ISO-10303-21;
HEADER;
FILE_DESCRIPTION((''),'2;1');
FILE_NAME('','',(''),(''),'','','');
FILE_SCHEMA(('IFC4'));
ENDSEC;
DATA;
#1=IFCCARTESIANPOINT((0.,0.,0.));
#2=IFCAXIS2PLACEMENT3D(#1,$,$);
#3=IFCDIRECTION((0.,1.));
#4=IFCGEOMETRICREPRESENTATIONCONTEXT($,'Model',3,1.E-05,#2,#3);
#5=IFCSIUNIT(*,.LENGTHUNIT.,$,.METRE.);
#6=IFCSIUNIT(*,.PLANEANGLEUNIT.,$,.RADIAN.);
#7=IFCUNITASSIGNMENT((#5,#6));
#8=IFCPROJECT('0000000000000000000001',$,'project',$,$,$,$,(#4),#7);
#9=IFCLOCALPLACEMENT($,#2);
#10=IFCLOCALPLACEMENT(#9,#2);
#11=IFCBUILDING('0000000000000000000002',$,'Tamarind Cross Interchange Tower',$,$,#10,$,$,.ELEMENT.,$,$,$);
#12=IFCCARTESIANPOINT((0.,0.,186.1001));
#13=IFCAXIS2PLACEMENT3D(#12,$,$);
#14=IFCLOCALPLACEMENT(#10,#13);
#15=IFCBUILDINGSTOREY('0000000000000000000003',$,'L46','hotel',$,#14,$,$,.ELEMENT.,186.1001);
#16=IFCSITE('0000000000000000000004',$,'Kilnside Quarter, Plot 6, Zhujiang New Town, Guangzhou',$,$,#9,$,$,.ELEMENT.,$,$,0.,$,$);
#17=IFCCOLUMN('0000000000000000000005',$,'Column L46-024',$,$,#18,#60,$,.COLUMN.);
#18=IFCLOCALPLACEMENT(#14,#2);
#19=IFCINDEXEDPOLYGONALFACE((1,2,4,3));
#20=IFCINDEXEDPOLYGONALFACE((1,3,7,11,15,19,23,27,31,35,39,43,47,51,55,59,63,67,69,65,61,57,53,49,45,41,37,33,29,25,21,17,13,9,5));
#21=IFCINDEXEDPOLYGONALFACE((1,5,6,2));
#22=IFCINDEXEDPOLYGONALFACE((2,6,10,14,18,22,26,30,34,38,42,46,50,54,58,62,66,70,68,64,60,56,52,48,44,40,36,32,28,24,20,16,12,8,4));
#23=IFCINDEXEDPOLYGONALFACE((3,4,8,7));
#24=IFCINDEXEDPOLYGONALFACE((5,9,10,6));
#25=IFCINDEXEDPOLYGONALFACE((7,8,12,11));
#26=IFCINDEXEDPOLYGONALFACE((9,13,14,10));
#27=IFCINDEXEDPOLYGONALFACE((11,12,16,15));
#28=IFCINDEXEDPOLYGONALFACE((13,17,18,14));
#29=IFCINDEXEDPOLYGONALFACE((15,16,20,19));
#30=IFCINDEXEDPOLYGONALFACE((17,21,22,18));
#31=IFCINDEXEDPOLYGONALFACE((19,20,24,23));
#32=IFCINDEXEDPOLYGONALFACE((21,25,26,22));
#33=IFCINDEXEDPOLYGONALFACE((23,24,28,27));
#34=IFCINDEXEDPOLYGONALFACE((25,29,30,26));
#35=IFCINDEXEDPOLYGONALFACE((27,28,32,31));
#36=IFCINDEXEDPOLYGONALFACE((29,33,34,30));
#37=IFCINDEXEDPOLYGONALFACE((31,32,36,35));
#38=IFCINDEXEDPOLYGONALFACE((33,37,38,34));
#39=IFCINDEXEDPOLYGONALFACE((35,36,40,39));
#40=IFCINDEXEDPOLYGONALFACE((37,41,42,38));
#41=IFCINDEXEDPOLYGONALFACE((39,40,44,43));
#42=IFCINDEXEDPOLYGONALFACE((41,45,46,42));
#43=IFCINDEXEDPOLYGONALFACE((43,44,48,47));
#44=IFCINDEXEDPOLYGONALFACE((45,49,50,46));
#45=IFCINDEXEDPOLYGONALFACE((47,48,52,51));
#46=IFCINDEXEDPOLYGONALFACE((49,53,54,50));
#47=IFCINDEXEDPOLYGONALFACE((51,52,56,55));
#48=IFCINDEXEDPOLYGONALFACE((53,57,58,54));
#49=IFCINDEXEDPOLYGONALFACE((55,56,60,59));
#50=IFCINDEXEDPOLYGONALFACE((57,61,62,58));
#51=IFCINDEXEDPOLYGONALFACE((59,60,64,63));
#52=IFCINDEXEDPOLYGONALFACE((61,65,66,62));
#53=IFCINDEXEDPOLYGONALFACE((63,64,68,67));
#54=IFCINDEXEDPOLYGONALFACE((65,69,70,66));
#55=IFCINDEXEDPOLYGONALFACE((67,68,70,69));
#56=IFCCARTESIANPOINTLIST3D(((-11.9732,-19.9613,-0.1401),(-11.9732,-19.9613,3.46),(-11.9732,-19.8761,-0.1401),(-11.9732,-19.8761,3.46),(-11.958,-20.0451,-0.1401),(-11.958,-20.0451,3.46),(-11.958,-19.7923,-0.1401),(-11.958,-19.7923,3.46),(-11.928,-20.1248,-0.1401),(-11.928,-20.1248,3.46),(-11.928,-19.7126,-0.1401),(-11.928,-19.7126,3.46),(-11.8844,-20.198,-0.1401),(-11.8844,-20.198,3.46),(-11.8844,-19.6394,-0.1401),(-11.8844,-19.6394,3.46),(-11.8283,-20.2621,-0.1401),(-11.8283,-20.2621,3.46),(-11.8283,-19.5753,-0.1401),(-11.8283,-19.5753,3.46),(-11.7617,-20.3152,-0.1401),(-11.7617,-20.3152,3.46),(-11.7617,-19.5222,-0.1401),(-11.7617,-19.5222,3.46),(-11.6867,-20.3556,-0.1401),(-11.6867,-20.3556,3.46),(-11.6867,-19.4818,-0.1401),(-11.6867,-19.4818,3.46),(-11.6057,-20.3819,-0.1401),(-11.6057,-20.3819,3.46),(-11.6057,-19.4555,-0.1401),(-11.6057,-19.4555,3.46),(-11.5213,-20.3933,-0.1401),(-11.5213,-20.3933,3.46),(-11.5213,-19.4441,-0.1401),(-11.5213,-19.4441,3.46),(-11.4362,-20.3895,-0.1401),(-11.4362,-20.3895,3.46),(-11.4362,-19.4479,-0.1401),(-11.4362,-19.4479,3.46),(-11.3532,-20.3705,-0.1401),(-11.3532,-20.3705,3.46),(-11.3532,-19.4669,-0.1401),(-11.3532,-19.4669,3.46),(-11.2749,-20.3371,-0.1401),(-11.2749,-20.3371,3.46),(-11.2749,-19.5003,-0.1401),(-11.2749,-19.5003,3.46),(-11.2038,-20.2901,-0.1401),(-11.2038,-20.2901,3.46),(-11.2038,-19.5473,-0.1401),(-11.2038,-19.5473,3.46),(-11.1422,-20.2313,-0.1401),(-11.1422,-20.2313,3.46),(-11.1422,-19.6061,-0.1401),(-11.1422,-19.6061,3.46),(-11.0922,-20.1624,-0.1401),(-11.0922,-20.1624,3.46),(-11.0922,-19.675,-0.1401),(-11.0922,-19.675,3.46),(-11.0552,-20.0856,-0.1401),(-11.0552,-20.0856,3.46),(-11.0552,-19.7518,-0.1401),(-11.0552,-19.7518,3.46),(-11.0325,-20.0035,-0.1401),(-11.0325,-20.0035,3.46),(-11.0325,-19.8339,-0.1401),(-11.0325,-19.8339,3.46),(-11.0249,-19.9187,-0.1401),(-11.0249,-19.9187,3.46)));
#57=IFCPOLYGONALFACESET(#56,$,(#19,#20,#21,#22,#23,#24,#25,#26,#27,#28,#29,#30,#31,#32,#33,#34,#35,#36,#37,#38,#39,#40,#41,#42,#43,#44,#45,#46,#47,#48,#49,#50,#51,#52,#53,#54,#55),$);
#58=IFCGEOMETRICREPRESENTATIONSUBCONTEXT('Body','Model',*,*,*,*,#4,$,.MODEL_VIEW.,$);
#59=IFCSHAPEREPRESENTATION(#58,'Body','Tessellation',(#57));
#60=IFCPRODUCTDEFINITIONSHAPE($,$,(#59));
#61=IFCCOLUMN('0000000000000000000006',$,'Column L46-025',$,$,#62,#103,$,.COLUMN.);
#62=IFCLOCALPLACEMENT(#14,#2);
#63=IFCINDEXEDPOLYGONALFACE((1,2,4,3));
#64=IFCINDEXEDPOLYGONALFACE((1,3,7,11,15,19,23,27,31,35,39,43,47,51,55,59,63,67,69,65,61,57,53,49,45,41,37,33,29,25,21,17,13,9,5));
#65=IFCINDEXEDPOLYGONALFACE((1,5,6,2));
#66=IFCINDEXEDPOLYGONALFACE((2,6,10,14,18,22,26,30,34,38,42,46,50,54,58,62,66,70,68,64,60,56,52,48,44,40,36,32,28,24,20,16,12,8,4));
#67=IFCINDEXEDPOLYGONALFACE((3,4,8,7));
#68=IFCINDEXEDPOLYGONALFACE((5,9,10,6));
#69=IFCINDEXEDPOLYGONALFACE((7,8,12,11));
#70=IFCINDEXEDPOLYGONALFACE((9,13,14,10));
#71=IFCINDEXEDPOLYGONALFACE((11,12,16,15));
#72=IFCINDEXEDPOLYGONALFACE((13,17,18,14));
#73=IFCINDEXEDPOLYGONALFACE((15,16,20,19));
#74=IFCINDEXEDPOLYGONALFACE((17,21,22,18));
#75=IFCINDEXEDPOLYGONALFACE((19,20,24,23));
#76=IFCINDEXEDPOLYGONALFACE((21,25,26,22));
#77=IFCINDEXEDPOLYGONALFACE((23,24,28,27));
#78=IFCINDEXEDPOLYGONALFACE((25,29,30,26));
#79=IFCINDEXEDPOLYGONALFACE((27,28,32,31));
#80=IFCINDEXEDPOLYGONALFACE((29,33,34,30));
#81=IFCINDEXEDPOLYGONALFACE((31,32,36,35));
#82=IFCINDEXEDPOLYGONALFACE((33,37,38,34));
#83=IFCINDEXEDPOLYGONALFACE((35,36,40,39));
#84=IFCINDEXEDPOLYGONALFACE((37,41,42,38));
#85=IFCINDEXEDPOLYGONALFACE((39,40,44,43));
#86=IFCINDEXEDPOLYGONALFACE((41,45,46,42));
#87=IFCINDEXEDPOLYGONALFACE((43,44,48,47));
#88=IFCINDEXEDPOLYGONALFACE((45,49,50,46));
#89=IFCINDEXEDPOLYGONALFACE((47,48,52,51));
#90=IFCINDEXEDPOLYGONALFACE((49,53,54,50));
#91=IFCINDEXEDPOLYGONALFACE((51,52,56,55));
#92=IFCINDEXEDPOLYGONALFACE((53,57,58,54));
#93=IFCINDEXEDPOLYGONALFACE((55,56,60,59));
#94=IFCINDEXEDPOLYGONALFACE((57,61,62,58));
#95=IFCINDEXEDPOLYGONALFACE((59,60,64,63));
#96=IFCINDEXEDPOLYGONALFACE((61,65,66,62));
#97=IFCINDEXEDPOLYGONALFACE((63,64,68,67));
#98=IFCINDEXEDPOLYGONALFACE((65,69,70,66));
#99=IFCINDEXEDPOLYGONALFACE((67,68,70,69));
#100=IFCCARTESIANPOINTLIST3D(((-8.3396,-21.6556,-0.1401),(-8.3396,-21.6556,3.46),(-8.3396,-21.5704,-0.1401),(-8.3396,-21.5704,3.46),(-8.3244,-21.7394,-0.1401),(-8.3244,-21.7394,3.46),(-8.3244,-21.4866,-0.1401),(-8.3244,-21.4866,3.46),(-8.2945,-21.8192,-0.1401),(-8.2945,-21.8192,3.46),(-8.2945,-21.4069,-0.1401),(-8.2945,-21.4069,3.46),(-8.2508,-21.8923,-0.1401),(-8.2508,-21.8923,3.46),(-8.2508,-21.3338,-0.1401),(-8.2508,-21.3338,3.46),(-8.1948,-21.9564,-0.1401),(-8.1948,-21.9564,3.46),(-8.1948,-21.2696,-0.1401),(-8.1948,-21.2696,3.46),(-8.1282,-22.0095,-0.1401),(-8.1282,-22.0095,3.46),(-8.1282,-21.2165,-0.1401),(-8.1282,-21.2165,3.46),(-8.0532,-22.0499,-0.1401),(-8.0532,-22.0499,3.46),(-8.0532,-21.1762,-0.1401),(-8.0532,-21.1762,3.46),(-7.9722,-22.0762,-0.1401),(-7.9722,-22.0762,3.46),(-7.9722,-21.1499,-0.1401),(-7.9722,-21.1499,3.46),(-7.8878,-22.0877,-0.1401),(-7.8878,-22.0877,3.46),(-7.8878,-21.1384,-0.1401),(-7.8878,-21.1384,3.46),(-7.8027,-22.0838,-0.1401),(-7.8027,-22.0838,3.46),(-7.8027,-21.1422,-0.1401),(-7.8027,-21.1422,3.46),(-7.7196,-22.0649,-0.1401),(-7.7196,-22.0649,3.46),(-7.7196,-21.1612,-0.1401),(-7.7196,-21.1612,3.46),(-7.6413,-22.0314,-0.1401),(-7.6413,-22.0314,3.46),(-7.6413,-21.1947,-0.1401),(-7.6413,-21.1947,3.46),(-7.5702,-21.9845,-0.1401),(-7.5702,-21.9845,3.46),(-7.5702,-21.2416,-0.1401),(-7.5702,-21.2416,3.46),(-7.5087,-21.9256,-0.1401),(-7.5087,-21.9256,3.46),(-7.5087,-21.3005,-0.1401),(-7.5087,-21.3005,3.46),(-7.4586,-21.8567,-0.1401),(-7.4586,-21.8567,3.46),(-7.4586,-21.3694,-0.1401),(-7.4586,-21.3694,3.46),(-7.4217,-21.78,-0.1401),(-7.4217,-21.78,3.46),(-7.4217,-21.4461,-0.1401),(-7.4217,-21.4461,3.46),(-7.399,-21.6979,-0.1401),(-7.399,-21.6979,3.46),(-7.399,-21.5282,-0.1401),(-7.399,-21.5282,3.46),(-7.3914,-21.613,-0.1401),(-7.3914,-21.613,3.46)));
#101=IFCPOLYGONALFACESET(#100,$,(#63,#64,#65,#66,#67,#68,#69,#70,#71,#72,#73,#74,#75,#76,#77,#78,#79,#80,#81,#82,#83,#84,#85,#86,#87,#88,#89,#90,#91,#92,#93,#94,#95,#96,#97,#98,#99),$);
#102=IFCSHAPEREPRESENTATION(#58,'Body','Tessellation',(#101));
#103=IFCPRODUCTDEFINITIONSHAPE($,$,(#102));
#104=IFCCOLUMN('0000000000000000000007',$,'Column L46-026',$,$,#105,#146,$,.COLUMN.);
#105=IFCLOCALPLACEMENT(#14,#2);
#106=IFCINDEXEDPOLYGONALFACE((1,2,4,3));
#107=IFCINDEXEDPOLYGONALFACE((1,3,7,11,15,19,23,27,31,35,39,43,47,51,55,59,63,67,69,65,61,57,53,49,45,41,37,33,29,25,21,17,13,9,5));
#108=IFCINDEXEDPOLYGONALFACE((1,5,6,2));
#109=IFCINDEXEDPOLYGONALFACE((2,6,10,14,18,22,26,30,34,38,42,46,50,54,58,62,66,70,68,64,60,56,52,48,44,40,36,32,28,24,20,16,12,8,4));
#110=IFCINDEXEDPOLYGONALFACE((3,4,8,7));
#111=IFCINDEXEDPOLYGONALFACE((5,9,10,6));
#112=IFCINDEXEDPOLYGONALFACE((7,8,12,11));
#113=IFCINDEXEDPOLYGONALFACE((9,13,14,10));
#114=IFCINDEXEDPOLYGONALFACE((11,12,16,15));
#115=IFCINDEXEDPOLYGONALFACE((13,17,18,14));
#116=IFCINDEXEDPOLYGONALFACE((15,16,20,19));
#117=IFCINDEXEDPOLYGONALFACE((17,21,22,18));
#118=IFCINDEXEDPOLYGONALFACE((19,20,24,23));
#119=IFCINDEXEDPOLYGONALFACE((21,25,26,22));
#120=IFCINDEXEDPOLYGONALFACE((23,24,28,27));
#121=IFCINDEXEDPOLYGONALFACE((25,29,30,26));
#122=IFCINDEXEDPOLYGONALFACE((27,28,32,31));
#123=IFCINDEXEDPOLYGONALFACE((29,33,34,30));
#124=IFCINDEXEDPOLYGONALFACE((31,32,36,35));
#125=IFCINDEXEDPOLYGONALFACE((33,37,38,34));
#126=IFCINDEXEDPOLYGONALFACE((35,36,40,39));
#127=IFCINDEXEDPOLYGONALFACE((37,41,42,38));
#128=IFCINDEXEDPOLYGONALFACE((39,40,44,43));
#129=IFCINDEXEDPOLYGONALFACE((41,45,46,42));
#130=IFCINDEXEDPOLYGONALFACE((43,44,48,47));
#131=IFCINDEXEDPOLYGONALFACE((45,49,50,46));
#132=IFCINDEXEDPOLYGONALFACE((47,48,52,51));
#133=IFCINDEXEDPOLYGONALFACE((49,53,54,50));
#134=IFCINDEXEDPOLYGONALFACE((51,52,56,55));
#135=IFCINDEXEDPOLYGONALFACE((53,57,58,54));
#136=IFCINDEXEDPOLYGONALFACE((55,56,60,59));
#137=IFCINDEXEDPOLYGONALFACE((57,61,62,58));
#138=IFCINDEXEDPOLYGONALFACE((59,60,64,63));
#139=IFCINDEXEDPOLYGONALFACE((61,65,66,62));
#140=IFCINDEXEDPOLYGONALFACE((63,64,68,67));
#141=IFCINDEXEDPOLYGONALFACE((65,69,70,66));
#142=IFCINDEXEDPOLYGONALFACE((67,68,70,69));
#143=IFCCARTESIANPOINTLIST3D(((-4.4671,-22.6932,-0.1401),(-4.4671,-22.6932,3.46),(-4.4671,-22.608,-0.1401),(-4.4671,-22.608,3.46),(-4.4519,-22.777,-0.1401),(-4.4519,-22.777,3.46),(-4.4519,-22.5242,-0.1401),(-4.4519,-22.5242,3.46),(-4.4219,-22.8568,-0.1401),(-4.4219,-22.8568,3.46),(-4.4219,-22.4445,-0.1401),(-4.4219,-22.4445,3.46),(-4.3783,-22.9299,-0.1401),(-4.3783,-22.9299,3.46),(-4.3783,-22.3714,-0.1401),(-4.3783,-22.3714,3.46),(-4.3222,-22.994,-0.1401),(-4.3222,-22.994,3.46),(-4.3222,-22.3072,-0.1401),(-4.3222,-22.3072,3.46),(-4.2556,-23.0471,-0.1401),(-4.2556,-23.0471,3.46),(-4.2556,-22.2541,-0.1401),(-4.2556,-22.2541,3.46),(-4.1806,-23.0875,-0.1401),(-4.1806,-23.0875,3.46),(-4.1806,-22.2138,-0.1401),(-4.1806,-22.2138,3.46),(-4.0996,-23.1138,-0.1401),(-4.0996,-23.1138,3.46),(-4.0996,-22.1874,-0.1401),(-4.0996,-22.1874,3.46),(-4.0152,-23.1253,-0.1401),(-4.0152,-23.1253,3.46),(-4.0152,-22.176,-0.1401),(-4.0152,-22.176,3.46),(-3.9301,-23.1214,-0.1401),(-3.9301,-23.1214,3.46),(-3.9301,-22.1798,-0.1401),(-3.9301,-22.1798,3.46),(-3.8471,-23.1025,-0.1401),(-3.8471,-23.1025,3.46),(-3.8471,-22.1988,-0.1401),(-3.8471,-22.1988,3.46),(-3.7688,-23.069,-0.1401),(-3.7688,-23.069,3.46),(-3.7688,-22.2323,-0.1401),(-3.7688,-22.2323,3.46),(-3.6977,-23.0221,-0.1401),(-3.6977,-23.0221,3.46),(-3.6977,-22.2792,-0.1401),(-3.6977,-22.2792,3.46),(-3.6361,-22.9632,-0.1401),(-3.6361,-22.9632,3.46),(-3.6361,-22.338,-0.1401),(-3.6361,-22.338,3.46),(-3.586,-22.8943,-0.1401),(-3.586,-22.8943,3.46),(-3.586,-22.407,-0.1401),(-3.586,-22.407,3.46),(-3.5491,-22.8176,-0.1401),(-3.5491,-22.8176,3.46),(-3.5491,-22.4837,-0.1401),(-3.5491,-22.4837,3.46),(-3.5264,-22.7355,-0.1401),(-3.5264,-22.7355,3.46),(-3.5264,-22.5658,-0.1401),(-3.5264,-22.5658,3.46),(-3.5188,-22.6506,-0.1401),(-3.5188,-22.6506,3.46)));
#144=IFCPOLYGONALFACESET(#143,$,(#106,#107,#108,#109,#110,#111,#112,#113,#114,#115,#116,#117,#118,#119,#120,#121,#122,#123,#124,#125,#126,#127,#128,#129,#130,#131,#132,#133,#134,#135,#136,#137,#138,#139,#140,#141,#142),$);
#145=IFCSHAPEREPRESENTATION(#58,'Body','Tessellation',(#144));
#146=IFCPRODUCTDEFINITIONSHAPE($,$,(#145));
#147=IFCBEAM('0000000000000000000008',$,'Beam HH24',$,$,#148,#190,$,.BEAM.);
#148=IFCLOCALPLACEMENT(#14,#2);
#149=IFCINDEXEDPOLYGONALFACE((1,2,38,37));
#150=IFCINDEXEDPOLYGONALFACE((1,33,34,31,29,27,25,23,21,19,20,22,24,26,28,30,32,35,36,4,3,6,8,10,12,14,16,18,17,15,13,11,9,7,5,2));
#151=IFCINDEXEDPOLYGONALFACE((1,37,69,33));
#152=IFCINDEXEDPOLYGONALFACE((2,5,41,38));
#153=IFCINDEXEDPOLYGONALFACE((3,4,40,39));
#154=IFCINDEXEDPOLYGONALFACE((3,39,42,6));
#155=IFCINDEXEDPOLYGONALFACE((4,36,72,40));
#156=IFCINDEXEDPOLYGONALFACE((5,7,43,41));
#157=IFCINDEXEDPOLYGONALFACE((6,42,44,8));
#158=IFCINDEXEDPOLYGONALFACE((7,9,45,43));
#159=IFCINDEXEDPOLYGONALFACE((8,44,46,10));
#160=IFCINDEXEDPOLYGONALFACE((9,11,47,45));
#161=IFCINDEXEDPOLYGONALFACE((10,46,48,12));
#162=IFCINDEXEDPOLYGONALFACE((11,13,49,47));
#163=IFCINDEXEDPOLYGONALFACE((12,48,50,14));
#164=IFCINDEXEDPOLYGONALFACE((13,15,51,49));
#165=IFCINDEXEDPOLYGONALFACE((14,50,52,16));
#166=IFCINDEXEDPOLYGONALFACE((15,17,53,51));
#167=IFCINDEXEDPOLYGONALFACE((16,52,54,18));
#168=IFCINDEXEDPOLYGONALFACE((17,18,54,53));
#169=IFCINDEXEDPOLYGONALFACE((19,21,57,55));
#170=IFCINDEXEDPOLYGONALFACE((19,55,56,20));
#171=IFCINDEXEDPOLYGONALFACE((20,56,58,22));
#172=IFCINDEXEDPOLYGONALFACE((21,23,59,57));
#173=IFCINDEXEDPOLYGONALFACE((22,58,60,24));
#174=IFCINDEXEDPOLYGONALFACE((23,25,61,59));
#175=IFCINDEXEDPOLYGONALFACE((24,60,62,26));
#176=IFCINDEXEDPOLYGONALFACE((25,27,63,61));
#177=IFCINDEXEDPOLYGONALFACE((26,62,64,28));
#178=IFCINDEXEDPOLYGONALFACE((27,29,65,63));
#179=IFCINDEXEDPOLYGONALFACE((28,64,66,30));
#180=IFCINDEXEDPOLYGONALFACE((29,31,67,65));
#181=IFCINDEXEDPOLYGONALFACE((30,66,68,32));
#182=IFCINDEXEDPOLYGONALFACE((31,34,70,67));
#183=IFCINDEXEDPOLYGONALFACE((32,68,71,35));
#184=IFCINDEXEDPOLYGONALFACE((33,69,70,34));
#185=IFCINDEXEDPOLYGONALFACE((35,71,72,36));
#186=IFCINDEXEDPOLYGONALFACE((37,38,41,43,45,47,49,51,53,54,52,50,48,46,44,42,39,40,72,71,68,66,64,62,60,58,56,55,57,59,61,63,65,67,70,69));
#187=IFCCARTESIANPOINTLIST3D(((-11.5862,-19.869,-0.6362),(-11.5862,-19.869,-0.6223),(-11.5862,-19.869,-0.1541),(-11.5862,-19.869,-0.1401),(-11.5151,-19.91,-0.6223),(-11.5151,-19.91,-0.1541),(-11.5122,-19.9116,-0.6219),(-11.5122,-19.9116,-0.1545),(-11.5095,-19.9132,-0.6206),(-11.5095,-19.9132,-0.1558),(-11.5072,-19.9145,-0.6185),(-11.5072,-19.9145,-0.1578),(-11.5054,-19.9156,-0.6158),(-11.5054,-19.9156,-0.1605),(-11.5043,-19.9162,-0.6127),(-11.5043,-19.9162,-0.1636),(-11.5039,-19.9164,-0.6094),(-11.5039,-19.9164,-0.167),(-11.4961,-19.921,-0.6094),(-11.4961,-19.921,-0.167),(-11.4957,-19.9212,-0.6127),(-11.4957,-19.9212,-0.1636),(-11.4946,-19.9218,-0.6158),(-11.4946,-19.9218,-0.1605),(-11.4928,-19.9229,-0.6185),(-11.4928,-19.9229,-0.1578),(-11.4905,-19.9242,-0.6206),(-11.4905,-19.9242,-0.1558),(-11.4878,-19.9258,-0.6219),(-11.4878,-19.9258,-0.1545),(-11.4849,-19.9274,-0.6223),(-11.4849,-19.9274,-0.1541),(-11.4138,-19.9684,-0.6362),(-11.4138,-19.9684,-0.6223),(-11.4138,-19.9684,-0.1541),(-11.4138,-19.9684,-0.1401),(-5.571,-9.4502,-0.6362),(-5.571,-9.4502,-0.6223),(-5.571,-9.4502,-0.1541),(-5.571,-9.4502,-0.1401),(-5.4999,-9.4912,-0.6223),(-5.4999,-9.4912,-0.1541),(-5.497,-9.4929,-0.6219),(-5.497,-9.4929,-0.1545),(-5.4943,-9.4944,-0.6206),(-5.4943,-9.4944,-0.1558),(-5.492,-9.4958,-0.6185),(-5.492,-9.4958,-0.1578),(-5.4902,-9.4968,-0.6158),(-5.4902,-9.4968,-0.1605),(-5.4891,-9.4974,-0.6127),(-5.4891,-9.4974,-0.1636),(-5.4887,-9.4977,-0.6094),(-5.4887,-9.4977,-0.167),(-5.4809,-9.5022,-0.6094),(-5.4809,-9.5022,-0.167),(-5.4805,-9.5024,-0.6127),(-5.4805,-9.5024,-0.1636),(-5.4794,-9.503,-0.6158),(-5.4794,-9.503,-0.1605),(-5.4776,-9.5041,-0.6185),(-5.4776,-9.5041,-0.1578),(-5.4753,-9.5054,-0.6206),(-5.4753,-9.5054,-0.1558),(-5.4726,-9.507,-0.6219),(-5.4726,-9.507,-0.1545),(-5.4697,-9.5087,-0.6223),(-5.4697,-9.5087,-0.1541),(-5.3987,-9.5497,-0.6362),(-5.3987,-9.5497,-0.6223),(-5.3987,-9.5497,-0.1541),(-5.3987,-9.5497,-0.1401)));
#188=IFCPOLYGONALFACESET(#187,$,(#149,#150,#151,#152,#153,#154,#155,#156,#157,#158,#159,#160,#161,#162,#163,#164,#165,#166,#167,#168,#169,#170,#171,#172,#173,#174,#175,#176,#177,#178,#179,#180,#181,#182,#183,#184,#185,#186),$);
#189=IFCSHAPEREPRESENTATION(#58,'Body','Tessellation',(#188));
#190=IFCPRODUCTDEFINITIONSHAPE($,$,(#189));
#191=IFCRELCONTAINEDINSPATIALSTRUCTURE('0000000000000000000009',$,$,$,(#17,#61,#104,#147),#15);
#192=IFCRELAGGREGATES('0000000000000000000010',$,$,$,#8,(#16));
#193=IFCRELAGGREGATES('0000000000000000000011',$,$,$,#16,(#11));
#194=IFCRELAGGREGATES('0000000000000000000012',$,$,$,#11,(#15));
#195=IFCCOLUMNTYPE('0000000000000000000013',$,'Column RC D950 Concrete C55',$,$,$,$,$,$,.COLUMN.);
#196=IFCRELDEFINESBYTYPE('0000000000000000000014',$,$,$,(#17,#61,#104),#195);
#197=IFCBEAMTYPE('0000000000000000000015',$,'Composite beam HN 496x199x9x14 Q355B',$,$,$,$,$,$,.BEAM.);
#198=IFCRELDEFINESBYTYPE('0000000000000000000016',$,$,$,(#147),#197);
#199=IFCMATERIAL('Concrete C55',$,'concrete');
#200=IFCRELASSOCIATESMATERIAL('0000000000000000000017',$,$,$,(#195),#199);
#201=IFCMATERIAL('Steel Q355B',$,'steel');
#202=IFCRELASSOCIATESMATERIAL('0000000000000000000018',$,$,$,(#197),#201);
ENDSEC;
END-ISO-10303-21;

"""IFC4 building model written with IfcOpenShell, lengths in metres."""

from ifc_helpers import new_model, si_unit, direction, frame, origin, origin_2d, place, context, subcontext, project, spatial, circle, i_section, extrude, material, material_profile, profile_set, type_object, element, save


model = new_model("IFC4")

# Units and contexts
model_context = context("Model", 3, precision=1e-05, world=origin(), true_north=direction((0.0, 1.0)))
body_context = subcontext(model_context, "Body", "Model", "MODEL_VIEW")
ifc_project = project(units=[si_unit("LENGTHUNIT", "METRE"), si_unit("PLANEANGLEUNIT", "RADIAN")], contexts=[model_context])

# Site, building, storey
site_placement = place(None, origin())
site = spatial("IfcSite", under=ifc_project, at=site_placement, Name="Kilnside Quarter, Plot 6, Zhujiang New Town, Guangzhou", CompositionType="ELEMENT", RefElevation=0.0)
building_placement = place(site_placement, origin())
building = spatial("IfcBuilding", under=site, at=building_placement, Name="Tamarind Cross Interchange Tower", CompositionType="ELEMENT")
storey_placement = place(building_placement, frame((0.0, 0.0, 186.1001)))
storey = spatial("IfcBuildingStorey", under=building, at=storey_placement, Name="L46", Description="hotel", CompositionType="ELEMENT", Elevation=186.1001)

# Columns
ifc_material_1 = material(Name="Concrete C55", Category="concrete")
ifc_material_profile_1 = material_profile(ifc_material_1, circle(Radius=0.4751, at=origin_2d()), Name="RC D950")
ifc_profile_set_1 = profile_set([ifc_material_profile_1], Name="Concrete C55")
column_type = type_object("IfcColumnType", Name="Column RC D950 Concrete C55", PredefinedType="COLUMN", material=ifc_profile_set_1)
for number, where, z_axis, x_axis, name in (
    (1, (-11.5, -19.9187, -0.1401), (0.0, 0.0, 1.0), (1.0, 0.0, 0.0), "Column L46-024"),
    (2, (-7.8665, -21.613, -0.1401), (0.0, 0.0, 1.0), (1.0, 0.0, 0.0), "Column L46-025"),
    (3, (-3.9939, -22.6506, -0.1401), (0.0, 0.0, 1.0), (1.0, 0.0, 0.0), "Column L46-026"),
):
    element("IfcColumn", number, at=place(storey_placement, frame(where, z_axis=z_axis, x_axis=x_axis)), inside=storey, type_object=column_type, Name=name, PredefinedType="COLUMN", context=body_context, shape_type="SweptSolid", body=[
        extrude(circle(Radius=0.4751, at=origin_2d()), origin(), (0.0, 0.0, 1.0), 3.6001),
    ])

# Beam
ifc_material_2 = material(Name="Steel Q355B", Category="steel")
ifc_material_profile_2 = material_profile(ifc_material_2, i_section(OverallWidth=0.199, OverallDepth=0.4961, WebThickness=0.009, FlangeThickness=0.0139, FilletRadius=0.0129, at=origin_2d()), Name="HN 496x199x9x14")
ifc_profile_set_2 = profile_set([ifc_material_profile_2], Name="Steel Q355B")
beam_type = type_object("IfcBeamType", Name="Composite beam HN 496x199x9x14 Q355B", PredefinedType="BEAM", material=ifc_profile_set_2)
beam_1_placement = place(storey_placement, frame((-11.5, -19.9187, -0.3882), z_axis=(0.499994, 0.866029, 0.0), x_axis=(-0.866029, 0.499994, 0.0)))
element("IfcBeam", 4, at=beam_1_placement, inside=storey, type_object=beam_type, Name="Beam HH24", PredefinedType="BEAM", context=body_context, shape_type="SweptSolid", body=[
    extrude(i_section(OverallWidth=0.199, OverallDepth=0.4961, WebThickness=0.009, FlangeThickness=0.0139, FilletRadius=0.0129, at=origin_2d()), origin(), (0.0, 0.0, 1.0), 12.0305),
])

save(model, "model.ifc")
